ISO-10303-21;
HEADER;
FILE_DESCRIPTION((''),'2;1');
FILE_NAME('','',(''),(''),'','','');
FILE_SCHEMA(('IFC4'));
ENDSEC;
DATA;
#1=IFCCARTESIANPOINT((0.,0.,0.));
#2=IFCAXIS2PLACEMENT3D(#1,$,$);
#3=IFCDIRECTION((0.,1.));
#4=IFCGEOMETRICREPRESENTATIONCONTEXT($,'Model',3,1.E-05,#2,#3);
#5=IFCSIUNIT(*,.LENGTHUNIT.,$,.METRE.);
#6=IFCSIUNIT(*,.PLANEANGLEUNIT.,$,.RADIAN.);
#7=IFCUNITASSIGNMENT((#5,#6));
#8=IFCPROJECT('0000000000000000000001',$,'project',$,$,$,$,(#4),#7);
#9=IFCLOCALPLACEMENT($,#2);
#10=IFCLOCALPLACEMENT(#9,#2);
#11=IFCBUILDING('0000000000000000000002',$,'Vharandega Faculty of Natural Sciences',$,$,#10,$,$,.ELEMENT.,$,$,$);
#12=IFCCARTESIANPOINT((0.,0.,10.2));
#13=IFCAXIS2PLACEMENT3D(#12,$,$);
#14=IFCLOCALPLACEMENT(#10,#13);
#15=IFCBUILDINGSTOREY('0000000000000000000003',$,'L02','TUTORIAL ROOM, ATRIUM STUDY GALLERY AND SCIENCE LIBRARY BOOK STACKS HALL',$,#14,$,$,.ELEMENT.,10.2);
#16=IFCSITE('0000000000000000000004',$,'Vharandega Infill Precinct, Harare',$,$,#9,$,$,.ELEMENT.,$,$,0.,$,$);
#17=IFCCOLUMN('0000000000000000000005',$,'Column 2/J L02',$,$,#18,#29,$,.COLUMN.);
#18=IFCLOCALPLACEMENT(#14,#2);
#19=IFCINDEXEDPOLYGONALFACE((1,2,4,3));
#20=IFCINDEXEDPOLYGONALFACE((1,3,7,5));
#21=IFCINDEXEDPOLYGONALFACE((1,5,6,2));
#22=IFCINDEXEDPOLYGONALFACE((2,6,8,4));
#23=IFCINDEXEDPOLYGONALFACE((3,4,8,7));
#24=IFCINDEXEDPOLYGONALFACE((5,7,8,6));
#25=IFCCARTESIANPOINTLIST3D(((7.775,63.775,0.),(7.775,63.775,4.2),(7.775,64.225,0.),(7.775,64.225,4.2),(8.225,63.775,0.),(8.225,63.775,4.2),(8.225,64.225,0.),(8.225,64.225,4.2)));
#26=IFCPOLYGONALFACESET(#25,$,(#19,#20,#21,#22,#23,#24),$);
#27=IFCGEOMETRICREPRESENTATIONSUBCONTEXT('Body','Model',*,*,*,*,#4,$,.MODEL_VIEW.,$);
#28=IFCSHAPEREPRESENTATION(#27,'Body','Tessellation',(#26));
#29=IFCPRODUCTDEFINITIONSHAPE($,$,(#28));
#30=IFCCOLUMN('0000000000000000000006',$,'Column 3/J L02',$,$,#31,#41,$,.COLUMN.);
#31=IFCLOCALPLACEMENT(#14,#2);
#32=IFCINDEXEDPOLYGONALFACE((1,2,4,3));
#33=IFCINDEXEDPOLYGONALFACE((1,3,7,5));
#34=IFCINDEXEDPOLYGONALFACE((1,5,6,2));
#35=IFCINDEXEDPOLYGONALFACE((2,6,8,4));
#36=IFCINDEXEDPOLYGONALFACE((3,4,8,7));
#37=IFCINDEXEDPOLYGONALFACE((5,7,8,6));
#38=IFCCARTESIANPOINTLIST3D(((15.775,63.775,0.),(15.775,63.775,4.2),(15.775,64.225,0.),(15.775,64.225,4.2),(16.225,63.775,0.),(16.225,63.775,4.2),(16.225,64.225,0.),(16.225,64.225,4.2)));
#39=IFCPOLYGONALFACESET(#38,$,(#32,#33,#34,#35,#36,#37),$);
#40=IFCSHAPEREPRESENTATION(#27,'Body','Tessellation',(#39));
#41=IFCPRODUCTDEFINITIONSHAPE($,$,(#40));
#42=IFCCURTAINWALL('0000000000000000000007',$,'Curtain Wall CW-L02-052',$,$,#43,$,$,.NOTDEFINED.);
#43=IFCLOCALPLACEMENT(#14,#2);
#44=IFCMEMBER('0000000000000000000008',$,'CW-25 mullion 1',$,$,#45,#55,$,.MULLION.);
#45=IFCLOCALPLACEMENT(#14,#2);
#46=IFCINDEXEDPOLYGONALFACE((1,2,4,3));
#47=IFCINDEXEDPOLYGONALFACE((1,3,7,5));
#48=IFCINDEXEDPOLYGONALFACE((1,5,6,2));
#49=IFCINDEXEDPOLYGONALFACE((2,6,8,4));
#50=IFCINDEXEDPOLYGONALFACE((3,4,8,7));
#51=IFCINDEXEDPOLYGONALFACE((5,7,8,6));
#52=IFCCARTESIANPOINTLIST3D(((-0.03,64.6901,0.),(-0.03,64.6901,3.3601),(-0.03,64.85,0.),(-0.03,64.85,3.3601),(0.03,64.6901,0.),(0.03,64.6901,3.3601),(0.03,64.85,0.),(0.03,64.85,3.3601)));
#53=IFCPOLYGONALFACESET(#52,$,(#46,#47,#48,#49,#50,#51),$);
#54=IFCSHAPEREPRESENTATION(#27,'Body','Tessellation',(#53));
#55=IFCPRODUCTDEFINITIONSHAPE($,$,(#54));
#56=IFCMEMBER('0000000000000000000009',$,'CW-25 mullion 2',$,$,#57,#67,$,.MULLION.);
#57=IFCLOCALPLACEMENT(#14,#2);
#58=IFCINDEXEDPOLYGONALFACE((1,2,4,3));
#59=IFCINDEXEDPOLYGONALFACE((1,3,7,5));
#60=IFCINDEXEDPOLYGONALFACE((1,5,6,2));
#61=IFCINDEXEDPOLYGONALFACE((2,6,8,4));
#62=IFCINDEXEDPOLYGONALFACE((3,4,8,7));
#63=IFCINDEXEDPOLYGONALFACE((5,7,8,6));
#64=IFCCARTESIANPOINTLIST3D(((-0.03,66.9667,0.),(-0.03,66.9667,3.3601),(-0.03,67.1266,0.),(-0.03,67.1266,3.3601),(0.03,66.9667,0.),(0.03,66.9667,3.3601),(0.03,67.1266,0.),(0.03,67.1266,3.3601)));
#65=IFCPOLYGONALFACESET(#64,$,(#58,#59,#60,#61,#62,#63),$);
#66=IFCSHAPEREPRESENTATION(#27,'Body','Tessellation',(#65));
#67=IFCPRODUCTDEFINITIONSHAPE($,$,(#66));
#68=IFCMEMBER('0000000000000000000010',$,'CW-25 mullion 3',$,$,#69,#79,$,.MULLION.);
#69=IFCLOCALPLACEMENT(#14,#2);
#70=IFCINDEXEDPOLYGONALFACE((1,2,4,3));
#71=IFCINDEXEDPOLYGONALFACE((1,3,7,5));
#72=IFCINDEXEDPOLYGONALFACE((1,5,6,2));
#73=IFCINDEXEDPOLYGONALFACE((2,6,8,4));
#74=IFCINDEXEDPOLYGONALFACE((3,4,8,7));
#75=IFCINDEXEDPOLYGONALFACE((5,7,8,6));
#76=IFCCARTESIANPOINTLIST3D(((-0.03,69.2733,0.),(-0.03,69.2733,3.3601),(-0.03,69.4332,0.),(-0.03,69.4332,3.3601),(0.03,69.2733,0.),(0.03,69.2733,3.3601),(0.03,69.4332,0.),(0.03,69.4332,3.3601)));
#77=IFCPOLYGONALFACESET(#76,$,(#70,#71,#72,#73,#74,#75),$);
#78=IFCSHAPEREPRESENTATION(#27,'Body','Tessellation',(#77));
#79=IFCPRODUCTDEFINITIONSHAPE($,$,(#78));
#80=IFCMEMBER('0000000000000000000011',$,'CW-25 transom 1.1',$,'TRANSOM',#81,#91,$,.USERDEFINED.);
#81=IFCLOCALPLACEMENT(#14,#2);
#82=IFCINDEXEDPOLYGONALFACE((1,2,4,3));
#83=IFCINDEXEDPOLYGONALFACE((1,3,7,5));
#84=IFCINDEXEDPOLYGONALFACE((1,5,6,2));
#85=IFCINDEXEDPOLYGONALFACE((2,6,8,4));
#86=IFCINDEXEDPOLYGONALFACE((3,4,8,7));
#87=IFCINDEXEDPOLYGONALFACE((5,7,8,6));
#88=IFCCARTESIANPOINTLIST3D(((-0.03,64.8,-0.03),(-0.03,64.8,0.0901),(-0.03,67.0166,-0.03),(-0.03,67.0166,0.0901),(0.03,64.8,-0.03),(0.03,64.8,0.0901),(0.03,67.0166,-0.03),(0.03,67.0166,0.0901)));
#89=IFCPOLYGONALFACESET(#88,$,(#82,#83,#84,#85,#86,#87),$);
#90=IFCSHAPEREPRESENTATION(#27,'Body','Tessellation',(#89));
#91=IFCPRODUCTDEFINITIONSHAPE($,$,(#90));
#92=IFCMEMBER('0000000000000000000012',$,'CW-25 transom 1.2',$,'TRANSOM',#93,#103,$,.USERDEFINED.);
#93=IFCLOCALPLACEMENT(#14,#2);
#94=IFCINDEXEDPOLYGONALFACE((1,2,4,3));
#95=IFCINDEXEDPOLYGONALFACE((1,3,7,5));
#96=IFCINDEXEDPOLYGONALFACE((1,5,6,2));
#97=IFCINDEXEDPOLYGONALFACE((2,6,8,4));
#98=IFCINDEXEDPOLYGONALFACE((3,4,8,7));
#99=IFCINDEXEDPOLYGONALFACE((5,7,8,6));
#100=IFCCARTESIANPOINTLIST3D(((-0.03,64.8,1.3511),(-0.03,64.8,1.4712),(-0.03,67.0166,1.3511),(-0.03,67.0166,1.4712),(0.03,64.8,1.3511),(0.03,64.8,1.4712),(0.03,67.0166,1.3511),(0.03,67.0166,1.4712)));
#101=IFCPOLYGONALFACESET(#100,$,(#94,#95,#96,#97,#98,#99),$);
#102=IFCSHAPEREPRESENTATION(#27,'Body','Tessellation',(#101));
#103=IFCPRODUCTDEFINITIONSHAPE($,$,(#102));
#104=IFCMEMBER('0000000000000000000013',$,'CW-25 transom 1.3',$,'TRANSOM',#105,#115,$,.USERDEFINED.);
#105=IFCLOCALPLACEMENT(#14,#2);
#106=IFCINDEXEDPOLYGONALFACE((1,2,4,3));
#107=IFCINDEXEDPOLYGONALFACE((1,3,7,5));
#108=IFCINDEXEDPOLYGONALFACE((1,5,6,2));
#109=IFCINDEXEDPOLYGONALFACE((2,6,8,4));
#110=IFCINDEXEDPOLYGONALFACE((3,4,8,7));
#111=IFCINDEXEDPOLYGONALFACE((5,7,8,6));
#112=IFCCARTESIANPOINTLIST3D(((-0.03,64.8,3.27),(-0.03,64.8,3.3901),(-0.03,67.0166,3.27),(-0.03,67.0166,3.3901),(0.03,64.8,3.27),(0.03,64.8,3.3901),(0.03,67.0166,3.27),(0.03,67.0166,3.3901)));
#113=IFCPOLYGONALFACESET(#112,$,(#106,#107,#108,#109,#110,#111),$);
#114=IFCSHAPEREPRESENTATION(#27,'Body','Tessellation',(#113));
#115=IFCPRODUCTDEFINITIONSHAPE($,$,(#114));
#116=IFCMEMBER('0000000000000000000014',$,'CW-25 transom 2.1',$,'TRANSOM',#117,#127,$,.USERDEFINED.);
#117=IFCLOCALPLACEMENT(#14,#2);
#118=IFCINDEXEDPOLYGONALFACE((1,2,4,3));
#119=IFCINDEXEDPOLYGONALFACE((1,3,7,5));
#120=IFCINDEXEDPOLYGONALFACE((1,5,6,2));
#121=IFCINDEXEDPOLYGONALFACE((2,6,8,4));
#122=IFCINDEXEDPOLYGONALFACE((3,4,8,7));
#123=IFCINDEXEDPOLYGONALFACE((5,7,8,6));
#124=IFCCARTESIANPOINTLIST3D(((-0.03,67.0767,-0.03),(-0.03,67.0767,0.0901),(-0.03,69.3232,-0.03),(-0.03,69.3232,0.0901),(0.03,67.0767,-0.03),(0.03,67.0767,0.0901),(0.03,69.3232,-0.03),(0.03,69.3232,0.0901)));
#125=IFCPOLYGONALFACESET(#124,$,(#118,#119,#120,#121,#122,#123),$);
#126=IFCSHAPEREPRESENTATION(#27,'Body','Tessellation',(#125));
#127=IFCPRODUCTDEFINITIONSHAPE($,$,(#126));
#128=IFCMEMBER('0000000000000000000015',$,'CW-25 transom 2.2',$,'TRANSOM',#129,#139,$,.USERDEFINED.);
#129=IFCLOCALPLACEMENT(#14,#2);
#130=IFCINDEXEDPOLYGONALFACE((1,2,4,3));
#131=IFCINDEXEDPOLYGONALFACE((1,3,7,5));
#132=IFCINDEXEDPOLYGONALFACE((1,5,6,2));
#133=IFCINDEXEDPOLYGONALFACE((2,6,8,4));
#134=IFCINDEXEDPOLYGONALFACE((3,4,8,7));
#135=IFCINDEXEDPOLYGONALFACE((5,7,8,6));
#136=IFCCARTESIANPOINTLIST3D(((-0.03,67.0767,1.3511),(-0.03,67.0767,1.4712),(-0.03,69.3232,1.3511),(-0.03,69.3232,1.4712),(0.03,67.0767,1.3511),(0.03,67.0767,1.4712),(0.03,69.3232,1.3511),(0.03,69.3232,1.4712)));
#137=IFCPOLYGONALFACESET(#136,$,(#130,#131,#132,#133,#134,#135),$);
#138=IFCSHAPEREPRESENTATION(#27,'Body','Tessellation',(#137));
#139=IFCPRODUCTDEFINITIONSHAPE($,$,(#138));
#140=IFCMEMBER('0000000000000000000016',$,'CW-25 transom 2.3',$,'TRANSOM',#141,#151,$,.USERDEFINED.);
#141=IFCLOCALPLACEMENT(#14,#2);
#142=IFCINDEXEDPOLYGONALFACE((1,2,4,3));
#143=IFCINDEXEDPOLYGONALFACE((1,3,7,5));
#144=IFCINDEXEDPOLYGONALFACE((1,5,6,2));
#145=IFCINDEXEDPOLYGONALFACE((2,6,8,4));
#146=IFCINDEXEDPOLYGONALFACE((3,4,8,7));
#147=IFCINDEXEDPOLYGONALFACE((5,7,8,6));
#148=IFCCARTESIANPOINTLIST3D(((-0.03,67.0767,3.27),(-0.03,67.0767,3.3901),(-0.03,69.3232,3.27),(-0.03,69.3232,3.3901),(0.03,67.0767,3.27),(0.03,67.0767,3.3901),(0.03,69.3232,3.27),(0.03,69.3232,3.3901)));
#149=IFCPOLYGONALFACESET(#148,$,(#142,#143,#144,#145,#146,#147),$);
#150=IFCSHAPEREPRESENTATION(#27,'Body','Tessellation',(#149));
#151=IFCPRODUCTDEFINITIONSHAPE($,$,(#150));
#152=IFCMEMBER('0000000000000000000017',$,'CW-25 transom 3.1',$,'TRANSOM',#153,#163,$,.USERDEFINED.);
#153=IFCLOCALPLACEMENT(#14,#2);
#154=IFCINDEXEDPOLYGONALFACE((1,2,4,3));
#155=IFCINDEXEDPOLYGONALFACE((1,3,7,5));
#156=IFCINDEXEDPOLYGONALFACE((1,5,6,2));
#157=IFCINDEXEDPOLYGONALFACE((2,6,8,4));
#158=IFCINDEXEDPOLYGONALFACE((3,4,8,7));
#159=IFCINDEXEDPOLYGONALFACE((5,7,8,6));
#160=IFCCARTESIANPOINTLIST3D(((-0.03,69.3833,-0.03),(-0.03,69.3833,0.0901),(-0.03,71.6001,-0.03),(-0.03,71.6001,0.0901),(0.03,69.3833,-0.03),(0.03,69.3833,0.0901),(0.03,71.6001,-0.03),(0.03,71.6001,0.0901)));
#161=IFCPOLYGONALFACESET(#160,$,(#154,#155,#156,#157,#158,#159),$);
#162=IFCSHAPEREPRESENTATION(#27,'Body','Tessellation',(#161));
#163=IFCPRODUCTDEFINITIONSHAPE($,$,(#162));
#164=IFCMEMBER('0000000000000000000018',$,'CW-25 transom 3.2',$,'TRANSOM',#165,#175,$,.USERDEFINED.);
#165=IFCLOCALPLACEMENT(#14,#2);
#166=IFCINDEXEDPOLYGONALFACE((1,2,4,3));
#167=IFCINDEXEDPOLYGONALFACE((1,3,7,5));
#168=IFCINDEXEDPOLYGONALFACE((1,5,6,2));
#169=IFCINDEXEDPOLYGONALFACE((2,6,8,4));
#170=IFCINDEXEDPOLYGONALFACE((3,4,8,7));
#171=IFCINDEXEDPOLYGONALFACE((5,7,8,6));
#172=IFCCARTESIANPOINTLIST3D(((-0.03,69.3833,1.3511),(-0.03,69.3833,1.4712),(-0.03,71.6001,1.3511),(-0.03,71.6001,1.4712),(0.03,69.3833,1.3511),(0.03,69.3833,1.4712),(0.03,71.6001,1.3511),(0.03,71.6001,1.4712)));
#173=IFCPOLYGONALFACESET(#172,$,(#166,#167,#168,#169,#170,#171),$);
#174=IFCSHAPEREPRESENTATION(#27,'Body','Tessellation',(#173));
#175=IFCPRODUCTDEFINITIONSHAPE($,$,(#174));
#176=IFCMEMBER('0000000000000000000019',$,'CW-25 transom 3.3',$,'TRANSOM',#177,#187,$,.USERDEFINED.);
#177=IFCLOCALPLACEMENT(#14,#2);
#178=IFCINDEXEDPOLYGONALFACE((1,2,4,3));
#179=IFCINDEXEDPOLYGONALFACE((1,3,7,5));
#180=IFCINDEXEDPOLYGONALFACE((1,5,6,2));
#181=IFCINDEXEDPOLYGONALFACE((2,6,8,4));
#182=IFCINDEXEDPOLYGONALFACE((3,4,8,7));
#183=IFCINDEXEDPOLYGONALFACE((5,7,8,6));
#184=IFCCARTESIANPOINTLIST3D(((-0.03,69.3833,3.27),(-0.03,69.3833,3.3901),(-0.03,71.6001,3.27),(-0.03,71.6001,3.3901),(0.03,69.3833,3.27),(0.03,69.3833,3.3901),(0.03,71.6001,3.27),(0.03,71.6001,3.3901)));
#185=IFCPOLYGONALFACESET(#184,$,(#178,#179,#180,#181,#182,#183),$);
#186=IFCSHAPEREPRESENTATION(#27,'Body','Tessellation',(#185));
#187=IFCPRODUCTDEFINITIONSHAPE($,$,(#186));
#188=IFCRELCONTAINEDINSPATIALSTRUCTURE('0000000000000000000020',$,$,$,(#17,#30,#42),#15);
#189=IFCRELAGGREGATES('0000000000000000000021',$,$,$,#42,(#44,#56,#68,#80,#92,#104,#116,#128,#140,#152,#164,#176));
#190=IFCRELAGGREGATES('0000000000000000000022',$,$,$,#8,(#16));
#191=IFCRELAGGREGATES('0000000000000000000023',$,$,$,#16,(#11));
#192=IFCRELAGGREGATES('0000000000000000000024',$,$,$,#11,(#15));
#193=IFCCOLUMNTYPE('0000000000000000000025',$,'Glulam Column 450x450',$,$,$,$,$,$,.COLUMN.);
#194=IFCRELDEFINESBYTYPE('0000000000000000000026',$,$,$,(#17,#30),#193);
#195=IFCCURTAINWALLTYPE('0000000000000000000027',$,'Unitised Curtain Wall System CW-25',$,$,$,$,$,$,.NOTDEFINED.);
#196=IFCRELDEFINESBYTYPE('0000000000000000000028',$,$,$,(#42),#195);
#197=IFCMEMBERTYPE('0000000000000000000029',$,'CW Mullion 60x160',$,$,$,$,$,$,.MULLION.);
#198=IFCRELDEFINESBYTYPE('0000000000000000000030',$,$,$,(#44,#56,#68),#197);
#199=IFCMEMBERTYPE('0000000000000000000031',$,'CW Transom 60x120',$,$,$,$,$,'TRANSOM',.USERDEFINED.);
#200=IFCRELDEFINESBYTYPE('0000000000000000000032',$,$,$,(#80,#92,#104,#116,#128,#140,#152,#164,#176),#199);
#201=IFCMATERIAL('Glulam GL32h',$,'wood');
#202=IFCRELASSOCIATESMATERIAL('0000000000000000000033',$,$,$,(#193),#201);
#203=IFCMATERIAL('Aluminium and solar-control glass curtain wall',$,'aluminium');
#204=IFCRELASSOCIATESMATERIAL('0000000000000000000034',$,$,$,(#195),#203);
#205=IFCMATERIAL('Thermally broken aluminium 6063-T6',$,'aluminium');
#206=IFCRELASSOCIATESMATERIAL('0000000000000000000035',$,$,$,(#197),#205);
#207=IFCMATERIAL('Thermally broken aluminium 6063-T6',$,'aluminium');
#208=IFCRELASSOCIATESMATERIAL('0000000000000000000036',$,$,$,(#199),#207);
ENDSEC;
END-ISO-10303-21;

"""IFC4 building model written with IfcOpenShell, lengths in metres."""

from ifc_helpers import new_model, si_unit, direction, frame, origin, origin_2d, place, context, subcontext, project, spatial, rectangle, extrude, material, material_profile, profile_set, type_object, element, aggregate, save


model = new_model("IFC4")

# Units and contexts
model_context = context("Model", 3, precision=1e-05, world=origin(), true_north=direction((0.0, 1.0)))
body_context = subcontext(model_context, "Body", "Model", "MODEL_VIEW")
ifc_project = project(units=[si_unit("LENGTHUNIT", "METRE"), si_unit("PLANEANGLEUNIT", "RADIAN")], contexts=[model_context])

# Site, building, storey
site_placement = place(None, origin())
site = spatial("IfcSite", under=ifc_project, at=site_placement, Name="Vharandega Infill Precinct, Harare", CompositionType="ELEMENT", RefElevation=0.0)
building_placement = place(site_placement, origin())
building = spatial("IfcBuilding", under=site, at=building_placement, Name="Vharandega Faculty of Natural Sciences", CompositionType="ELEMENT")
storey_placement = place(building_placement, frame((0.0, 0.0, 10.2)))
storey = spatial("IfcBuildingStorey", under=building, at=storey_placement, Name="L02", Description="TUTORIAL ROOM, ATRIUM STUDY GALLERY AND SCIENCE LIBRARY BOOK STACKS HALL", CompositionType="ELEMENT", Elevation=10.2)

# Columns
ifc_material_1 = material(Name="Glulam GL32h", Category="wood")
ifc_material_profile_1 = material_profile(ifc_material_1, rectangle(XDim=0.45, YDim=0.45, at=origin_2d()), Name="GL32h 450x450")
ifc_profile_set_1 = profile_set([ifc_material_profile_1], Name="Glulam GL32h")
column_type = type_object("IfcColumnType", Name="Glulam Column 450x450", PredefinedType="COLUMN", material=ifc_profile_set_1)
for number, where, z_axis, x_axis, name in (
    (1, (8.0, 64.0, 0.0), (0.0, 0.0, 1.0), (1.0, 0.0, 0.0), "Column 2/J L02"),
    (2, (16.0, 64.0, 0.0), (0.0, 0.0, 1.0), (1.0, 0.0, 0.0), "Column 3/J L02"),
):
    element("IfcColumn", number, at=place(storey_placement, frame(where, z_axis=z_axis, x_axis=x_axis)), inside=storey, type_object=column_type, Name=name, PredefinedType="COLUMN", context=body_context, shape_type="SweptSolid", body=[
        extrude(rectangle(XDim=0.45, YDim=0.45, at=origin_2d()), origin(), (0.0, 0.0, 1.0), 4.2),
    ])

# Curtain wall, members
ifc_material_2 = material(Name="Aluminium and solar-control glass curtain wall", Category="aluminium")
curtain_wall_type = type_object("IfcCurtainWallType", Name="Unitised Curtain Wall System CW-25", PredefinedType="NOTDEFINED", material=ifc_material_2)
curtain_wall_placement = place(storey_placement, origin())
curtain_wall = element("IfcCurtainWall", 3, at=curtain_wall_placement, inside=storey, type_object=curtain_wall_type, Name="Curtain Wall CW-L02-052", PredefinedType="NOTDEFINED")
ifc_material_3 = material(Name="Thermally broken aluminium 6063-T6", Category="aluminium")
ifc_material_profile_2 = material_profile(ifc_material_3, rectangle(XDim=0.0601, YDim=0.1599, at=origin_2d()), Name="ALU 60x160")
ifc_profile_set_2 = profile_set([ifc_material_profile_2], Name="Thermally broken aluminium 6063-T6")
member_type_1 = type_object("IfcMemberType", Name="CW Mullion 60x160", PredefinedType="MULLION", material=ifc_profile_set_2)
member_1_placement = place(storey_placement, frame((0.0, 64.77, 0.0), z_axis=(0.0, 0.0, 1.0), x_axis=(-1.0, 0.0, 0.0)))
member_1 = element("IfcMember", 4, at=member_1_placement, type_object=member_type_1, Name="CW-25 mullion 1", PredefinedType="MULLION", context=body_context, shape_type="SweptSolid", body=[
    extrude(rectangle(XDim=0.0601, YDim=0.1599, at=origin_2d()), origin(), (0.0, 0.0, 1.0), 3.3601),
])
member_2_placement = place(storey_placement, frame((0.0, 67.0466, 0.0), z_axis=(0.0, 0.0, 1.0), x_axis=(-1.0, 0.0, 0.0)))
member_2 = element("IfcMember", 5, at=member_2_placement, type_object=member_type_1, Name="CW-25 mullion 2", PredefinedType="MULLION", context=body_context, shape_type="SweptSolid", body=[
    extrude(rectangle(XDim=0.0601, YDim=0.1599, at=origin_2d()), origin(), (0.0, 0.0, 1.0), 3.3601),
])
member_3_placement = place(storey_placement, frame((0.0, 69.3533, 0.0), z_axis=(0.0, 0.0, 1.0), x_axis=(-1.0, 0.0, 0.0)))
member_3 = element("IfcMember", 6, at=member_3_placement, type_object=member_type_1, Name="CW-25 mullion 3", PredefinedType="MULLION", context=body_context, shape_type="SweptSolid", body=[
    extrude(rectangle(XDim=0.0601, YDim=0.1599, at=origin_2d()), origin(), (0.0, 0.0, 1.0), 3.3601),
])
ifc_material_4 = material(Name="Thermally broken aluminium 6063-T6", Category="aluminium")
ifc_material_profile_3 = material_profile(ifc_material_4, rectangle(XDim=0.0601, YDim=0.1201, at=origin_2d()), Name="ALU 60x120")
ifc_profile_set_3 = profile_set([ifc_material_profile_3], Name="Thermally broken aluminium 6063-T6")
member_type_2 = type_object("IfcMemberType", Name="CW Transom 60x120", ElementType="TRANSOM", PredefinedType="USERDEFINED", material=ifc_profile_set_3)
member_4_placement = place(storey_placement, frame((0.0, 64.8, 0.03), z_axis=(0.0, 1.0, 0.0), x_axis=(-1.0, 0.0, 0.0)))
member_4 = element("IfcMember", 7, at=member_4_placement, type_object=member_type_2, Name="CW-25 transom 1.1", ObjectType="TRANSOM", PredefinedType="USERDEFINED", context=body_context, shape_type="SweptSolid", body=[
    extrude(rectangle(XDim=0.0601, YDim=0.1201, at=origin_2d()), origin(), (0.0, 0.0, 1.0), 2.2166),
])
member_5_placement = place(storey_placement, frame((0.0, 64.8, 1.4111), z_axis=(0.0, 1.0, 0.0), x_axis=(-1.0, 0.0, 0.0)))
member_5 = element("IfcMember", 8, at=member_5_placement, type_object=member_type_2, Name="CW-25 transom 1.2", ObjectType="TRANSOM", PredefinedType="USERDEFINED", context=body_context, shape_type="SweptSolid", body=[
    extrude(rectangle(XDim=0.0601, YDim=0.1201, at=origin_2d()), origin(), (0.0, 0.0, 1.0), 2.2166),
])
member_6_placement = place(storey_placement, frame((0.0, 64.8, 3.3301), z_axis=(0.0, 1.0, 0.0), x_axis=(-1.0, 0.0, 0.0)))
member_6 = element("IfcMember", 9, at=member_6_placement, type_object=member_type_2, Name="CW-25 transom 1.3", ObjectType="TRANSOM", PredefinedType="USERDEFINED", context=body_context, shape_type="SweptSolid", body=[
    extrude(rectangle(XDim=0.0601, YDim=0.1201, at=origin_2d()), origin(), (0.0, 0.0, 1.0), 2.2166),
])
member_7_placement = place(storey_placement, frame((0.0, 67.0767, 0.03), z_axis=(0.0, 1.0, 0.0), x_axis=(-1.0, 0.0, 0.0)))
member_7 = element("IfcMember", 10, at=member_7_placement, type_object=member_type_2, Name="CW-25 transom 2.1", ObjectType="TRANSOM", PredefinedType="USERDEFINED", context=body_context, shape_type="SweptSolid", body=[
    extrude(rectangle(XDim=0.0601, YDim=0.1201, at=origin_2d()), origin(), (0.0, 0.0, 1.0), 2.2466),
])
member_8_placement = place(storey_placement, frame((0.0, 67.0767, 1.4111), z_axis=(0.0, 1.0, 0.0), x_axis=(-1.0, 0.0, 0.0)))
member_8 = element("IfcMember", 11, at=member_8_placement, type_object=member_type_2, Name="CW-25 transom 2.2", ObjectType="TRANSOM", PredefinedType="USERDEFINED", context=body_context, shape_type="SweptSolid", body=[
    extrude(rectangle(XDim=0.0601, YDim=0.1201, at=origin_2d()), origin(), (0.0, 0.0, 1.0), 2.2466),
])
member_9_placement = place(storey_placement, frame((0.0, 67.0767, 3.3301), z_axis=(0.0, 1.0, 0.0), x_axis=(-1.0, 0.0, 0.0)))
member_9 = element("IfcMember", 12, at=member_9_placement, type_object=member_type_2, Name="CW-25 transom 2.3", ObjectType="TRANSOM", PredefinedType="USERDEFINED", context=body_context, shape_type="SweptSolid", body=[
    extrude(rectangle(XDim=0.0601, YDim=0.1201, at=origin_2d()), origin(), (0.0, 0.0, 1.0), 2.2466),
])
member_10_placement = place(storey_placement, frame((0.0, 69.3833, 0.03), z_axis=(0.0, 1.0, 0.0), x_axis=(-1.0, 0.0, 0.0)))
member_10 = element("IfcMember", 13, at=member_10_placement, type_object=member_type_2, Name="CW-25 transom 3.1", ObjectType="TRANSOM", PredefinedType="USERDEFINED", context=body_context, shape_type="SweptSolid", body=[
    extrude(rectangle(XDim=0.0601, YDim=0.1201, at=origin_2d()), origin(), (0.0, 0.0, 1.0), 2.2168),
])
member_11_placement = place(storey_placement, frame((0.0, 69.3833, 1.4111), z_axis=(0.0, 1.0, 0.0), x_axis=(-1.0, 0.0, 0.0)))
member_11 = element("IfcMember", 14, at=member_11_placement, type_object=member_type_2, Name="CW-25 transom 3.2", ObjectType="TRANSOM", PredefinedType="USERDEFINED", context=body_context, shape_type="SweptSolid", body=[
    extrude(rectangle(XDim=0.0601, YDim=0.1201, at=origin_2d()), origin(), (0.0, 0.0, 1.0), 2.2168),
])
member_12_placement = place(storey_placement, frame((0.0, 69.3833, 3.3301), z_axis=(0.0, 1.0, 0.0), x_axis=(-1.0, 0.0, 0.0)))
member_12 = element("IfcMember", 15, at=member_12_placement, type_object=member_type_2, Name="CW-25 transom 3.3", ObjectType="TRANSOM", PredefinedType="USERDEFINED", context=body_context, shape_type="SweptSolid", body=[
    extrude(rectangle(XDim=0.0601, YDim=0.1201, at=origin_2d()), origin(), (0.0, 0.0, 1.0), 2.2168),
])

aggregate(curtain_wall, [member_1, member_2, member_3, member_4, member_5, member_6, member_7, member_8, member_9, member_10, member_11, member_12])

save(model, "model.ifc")
